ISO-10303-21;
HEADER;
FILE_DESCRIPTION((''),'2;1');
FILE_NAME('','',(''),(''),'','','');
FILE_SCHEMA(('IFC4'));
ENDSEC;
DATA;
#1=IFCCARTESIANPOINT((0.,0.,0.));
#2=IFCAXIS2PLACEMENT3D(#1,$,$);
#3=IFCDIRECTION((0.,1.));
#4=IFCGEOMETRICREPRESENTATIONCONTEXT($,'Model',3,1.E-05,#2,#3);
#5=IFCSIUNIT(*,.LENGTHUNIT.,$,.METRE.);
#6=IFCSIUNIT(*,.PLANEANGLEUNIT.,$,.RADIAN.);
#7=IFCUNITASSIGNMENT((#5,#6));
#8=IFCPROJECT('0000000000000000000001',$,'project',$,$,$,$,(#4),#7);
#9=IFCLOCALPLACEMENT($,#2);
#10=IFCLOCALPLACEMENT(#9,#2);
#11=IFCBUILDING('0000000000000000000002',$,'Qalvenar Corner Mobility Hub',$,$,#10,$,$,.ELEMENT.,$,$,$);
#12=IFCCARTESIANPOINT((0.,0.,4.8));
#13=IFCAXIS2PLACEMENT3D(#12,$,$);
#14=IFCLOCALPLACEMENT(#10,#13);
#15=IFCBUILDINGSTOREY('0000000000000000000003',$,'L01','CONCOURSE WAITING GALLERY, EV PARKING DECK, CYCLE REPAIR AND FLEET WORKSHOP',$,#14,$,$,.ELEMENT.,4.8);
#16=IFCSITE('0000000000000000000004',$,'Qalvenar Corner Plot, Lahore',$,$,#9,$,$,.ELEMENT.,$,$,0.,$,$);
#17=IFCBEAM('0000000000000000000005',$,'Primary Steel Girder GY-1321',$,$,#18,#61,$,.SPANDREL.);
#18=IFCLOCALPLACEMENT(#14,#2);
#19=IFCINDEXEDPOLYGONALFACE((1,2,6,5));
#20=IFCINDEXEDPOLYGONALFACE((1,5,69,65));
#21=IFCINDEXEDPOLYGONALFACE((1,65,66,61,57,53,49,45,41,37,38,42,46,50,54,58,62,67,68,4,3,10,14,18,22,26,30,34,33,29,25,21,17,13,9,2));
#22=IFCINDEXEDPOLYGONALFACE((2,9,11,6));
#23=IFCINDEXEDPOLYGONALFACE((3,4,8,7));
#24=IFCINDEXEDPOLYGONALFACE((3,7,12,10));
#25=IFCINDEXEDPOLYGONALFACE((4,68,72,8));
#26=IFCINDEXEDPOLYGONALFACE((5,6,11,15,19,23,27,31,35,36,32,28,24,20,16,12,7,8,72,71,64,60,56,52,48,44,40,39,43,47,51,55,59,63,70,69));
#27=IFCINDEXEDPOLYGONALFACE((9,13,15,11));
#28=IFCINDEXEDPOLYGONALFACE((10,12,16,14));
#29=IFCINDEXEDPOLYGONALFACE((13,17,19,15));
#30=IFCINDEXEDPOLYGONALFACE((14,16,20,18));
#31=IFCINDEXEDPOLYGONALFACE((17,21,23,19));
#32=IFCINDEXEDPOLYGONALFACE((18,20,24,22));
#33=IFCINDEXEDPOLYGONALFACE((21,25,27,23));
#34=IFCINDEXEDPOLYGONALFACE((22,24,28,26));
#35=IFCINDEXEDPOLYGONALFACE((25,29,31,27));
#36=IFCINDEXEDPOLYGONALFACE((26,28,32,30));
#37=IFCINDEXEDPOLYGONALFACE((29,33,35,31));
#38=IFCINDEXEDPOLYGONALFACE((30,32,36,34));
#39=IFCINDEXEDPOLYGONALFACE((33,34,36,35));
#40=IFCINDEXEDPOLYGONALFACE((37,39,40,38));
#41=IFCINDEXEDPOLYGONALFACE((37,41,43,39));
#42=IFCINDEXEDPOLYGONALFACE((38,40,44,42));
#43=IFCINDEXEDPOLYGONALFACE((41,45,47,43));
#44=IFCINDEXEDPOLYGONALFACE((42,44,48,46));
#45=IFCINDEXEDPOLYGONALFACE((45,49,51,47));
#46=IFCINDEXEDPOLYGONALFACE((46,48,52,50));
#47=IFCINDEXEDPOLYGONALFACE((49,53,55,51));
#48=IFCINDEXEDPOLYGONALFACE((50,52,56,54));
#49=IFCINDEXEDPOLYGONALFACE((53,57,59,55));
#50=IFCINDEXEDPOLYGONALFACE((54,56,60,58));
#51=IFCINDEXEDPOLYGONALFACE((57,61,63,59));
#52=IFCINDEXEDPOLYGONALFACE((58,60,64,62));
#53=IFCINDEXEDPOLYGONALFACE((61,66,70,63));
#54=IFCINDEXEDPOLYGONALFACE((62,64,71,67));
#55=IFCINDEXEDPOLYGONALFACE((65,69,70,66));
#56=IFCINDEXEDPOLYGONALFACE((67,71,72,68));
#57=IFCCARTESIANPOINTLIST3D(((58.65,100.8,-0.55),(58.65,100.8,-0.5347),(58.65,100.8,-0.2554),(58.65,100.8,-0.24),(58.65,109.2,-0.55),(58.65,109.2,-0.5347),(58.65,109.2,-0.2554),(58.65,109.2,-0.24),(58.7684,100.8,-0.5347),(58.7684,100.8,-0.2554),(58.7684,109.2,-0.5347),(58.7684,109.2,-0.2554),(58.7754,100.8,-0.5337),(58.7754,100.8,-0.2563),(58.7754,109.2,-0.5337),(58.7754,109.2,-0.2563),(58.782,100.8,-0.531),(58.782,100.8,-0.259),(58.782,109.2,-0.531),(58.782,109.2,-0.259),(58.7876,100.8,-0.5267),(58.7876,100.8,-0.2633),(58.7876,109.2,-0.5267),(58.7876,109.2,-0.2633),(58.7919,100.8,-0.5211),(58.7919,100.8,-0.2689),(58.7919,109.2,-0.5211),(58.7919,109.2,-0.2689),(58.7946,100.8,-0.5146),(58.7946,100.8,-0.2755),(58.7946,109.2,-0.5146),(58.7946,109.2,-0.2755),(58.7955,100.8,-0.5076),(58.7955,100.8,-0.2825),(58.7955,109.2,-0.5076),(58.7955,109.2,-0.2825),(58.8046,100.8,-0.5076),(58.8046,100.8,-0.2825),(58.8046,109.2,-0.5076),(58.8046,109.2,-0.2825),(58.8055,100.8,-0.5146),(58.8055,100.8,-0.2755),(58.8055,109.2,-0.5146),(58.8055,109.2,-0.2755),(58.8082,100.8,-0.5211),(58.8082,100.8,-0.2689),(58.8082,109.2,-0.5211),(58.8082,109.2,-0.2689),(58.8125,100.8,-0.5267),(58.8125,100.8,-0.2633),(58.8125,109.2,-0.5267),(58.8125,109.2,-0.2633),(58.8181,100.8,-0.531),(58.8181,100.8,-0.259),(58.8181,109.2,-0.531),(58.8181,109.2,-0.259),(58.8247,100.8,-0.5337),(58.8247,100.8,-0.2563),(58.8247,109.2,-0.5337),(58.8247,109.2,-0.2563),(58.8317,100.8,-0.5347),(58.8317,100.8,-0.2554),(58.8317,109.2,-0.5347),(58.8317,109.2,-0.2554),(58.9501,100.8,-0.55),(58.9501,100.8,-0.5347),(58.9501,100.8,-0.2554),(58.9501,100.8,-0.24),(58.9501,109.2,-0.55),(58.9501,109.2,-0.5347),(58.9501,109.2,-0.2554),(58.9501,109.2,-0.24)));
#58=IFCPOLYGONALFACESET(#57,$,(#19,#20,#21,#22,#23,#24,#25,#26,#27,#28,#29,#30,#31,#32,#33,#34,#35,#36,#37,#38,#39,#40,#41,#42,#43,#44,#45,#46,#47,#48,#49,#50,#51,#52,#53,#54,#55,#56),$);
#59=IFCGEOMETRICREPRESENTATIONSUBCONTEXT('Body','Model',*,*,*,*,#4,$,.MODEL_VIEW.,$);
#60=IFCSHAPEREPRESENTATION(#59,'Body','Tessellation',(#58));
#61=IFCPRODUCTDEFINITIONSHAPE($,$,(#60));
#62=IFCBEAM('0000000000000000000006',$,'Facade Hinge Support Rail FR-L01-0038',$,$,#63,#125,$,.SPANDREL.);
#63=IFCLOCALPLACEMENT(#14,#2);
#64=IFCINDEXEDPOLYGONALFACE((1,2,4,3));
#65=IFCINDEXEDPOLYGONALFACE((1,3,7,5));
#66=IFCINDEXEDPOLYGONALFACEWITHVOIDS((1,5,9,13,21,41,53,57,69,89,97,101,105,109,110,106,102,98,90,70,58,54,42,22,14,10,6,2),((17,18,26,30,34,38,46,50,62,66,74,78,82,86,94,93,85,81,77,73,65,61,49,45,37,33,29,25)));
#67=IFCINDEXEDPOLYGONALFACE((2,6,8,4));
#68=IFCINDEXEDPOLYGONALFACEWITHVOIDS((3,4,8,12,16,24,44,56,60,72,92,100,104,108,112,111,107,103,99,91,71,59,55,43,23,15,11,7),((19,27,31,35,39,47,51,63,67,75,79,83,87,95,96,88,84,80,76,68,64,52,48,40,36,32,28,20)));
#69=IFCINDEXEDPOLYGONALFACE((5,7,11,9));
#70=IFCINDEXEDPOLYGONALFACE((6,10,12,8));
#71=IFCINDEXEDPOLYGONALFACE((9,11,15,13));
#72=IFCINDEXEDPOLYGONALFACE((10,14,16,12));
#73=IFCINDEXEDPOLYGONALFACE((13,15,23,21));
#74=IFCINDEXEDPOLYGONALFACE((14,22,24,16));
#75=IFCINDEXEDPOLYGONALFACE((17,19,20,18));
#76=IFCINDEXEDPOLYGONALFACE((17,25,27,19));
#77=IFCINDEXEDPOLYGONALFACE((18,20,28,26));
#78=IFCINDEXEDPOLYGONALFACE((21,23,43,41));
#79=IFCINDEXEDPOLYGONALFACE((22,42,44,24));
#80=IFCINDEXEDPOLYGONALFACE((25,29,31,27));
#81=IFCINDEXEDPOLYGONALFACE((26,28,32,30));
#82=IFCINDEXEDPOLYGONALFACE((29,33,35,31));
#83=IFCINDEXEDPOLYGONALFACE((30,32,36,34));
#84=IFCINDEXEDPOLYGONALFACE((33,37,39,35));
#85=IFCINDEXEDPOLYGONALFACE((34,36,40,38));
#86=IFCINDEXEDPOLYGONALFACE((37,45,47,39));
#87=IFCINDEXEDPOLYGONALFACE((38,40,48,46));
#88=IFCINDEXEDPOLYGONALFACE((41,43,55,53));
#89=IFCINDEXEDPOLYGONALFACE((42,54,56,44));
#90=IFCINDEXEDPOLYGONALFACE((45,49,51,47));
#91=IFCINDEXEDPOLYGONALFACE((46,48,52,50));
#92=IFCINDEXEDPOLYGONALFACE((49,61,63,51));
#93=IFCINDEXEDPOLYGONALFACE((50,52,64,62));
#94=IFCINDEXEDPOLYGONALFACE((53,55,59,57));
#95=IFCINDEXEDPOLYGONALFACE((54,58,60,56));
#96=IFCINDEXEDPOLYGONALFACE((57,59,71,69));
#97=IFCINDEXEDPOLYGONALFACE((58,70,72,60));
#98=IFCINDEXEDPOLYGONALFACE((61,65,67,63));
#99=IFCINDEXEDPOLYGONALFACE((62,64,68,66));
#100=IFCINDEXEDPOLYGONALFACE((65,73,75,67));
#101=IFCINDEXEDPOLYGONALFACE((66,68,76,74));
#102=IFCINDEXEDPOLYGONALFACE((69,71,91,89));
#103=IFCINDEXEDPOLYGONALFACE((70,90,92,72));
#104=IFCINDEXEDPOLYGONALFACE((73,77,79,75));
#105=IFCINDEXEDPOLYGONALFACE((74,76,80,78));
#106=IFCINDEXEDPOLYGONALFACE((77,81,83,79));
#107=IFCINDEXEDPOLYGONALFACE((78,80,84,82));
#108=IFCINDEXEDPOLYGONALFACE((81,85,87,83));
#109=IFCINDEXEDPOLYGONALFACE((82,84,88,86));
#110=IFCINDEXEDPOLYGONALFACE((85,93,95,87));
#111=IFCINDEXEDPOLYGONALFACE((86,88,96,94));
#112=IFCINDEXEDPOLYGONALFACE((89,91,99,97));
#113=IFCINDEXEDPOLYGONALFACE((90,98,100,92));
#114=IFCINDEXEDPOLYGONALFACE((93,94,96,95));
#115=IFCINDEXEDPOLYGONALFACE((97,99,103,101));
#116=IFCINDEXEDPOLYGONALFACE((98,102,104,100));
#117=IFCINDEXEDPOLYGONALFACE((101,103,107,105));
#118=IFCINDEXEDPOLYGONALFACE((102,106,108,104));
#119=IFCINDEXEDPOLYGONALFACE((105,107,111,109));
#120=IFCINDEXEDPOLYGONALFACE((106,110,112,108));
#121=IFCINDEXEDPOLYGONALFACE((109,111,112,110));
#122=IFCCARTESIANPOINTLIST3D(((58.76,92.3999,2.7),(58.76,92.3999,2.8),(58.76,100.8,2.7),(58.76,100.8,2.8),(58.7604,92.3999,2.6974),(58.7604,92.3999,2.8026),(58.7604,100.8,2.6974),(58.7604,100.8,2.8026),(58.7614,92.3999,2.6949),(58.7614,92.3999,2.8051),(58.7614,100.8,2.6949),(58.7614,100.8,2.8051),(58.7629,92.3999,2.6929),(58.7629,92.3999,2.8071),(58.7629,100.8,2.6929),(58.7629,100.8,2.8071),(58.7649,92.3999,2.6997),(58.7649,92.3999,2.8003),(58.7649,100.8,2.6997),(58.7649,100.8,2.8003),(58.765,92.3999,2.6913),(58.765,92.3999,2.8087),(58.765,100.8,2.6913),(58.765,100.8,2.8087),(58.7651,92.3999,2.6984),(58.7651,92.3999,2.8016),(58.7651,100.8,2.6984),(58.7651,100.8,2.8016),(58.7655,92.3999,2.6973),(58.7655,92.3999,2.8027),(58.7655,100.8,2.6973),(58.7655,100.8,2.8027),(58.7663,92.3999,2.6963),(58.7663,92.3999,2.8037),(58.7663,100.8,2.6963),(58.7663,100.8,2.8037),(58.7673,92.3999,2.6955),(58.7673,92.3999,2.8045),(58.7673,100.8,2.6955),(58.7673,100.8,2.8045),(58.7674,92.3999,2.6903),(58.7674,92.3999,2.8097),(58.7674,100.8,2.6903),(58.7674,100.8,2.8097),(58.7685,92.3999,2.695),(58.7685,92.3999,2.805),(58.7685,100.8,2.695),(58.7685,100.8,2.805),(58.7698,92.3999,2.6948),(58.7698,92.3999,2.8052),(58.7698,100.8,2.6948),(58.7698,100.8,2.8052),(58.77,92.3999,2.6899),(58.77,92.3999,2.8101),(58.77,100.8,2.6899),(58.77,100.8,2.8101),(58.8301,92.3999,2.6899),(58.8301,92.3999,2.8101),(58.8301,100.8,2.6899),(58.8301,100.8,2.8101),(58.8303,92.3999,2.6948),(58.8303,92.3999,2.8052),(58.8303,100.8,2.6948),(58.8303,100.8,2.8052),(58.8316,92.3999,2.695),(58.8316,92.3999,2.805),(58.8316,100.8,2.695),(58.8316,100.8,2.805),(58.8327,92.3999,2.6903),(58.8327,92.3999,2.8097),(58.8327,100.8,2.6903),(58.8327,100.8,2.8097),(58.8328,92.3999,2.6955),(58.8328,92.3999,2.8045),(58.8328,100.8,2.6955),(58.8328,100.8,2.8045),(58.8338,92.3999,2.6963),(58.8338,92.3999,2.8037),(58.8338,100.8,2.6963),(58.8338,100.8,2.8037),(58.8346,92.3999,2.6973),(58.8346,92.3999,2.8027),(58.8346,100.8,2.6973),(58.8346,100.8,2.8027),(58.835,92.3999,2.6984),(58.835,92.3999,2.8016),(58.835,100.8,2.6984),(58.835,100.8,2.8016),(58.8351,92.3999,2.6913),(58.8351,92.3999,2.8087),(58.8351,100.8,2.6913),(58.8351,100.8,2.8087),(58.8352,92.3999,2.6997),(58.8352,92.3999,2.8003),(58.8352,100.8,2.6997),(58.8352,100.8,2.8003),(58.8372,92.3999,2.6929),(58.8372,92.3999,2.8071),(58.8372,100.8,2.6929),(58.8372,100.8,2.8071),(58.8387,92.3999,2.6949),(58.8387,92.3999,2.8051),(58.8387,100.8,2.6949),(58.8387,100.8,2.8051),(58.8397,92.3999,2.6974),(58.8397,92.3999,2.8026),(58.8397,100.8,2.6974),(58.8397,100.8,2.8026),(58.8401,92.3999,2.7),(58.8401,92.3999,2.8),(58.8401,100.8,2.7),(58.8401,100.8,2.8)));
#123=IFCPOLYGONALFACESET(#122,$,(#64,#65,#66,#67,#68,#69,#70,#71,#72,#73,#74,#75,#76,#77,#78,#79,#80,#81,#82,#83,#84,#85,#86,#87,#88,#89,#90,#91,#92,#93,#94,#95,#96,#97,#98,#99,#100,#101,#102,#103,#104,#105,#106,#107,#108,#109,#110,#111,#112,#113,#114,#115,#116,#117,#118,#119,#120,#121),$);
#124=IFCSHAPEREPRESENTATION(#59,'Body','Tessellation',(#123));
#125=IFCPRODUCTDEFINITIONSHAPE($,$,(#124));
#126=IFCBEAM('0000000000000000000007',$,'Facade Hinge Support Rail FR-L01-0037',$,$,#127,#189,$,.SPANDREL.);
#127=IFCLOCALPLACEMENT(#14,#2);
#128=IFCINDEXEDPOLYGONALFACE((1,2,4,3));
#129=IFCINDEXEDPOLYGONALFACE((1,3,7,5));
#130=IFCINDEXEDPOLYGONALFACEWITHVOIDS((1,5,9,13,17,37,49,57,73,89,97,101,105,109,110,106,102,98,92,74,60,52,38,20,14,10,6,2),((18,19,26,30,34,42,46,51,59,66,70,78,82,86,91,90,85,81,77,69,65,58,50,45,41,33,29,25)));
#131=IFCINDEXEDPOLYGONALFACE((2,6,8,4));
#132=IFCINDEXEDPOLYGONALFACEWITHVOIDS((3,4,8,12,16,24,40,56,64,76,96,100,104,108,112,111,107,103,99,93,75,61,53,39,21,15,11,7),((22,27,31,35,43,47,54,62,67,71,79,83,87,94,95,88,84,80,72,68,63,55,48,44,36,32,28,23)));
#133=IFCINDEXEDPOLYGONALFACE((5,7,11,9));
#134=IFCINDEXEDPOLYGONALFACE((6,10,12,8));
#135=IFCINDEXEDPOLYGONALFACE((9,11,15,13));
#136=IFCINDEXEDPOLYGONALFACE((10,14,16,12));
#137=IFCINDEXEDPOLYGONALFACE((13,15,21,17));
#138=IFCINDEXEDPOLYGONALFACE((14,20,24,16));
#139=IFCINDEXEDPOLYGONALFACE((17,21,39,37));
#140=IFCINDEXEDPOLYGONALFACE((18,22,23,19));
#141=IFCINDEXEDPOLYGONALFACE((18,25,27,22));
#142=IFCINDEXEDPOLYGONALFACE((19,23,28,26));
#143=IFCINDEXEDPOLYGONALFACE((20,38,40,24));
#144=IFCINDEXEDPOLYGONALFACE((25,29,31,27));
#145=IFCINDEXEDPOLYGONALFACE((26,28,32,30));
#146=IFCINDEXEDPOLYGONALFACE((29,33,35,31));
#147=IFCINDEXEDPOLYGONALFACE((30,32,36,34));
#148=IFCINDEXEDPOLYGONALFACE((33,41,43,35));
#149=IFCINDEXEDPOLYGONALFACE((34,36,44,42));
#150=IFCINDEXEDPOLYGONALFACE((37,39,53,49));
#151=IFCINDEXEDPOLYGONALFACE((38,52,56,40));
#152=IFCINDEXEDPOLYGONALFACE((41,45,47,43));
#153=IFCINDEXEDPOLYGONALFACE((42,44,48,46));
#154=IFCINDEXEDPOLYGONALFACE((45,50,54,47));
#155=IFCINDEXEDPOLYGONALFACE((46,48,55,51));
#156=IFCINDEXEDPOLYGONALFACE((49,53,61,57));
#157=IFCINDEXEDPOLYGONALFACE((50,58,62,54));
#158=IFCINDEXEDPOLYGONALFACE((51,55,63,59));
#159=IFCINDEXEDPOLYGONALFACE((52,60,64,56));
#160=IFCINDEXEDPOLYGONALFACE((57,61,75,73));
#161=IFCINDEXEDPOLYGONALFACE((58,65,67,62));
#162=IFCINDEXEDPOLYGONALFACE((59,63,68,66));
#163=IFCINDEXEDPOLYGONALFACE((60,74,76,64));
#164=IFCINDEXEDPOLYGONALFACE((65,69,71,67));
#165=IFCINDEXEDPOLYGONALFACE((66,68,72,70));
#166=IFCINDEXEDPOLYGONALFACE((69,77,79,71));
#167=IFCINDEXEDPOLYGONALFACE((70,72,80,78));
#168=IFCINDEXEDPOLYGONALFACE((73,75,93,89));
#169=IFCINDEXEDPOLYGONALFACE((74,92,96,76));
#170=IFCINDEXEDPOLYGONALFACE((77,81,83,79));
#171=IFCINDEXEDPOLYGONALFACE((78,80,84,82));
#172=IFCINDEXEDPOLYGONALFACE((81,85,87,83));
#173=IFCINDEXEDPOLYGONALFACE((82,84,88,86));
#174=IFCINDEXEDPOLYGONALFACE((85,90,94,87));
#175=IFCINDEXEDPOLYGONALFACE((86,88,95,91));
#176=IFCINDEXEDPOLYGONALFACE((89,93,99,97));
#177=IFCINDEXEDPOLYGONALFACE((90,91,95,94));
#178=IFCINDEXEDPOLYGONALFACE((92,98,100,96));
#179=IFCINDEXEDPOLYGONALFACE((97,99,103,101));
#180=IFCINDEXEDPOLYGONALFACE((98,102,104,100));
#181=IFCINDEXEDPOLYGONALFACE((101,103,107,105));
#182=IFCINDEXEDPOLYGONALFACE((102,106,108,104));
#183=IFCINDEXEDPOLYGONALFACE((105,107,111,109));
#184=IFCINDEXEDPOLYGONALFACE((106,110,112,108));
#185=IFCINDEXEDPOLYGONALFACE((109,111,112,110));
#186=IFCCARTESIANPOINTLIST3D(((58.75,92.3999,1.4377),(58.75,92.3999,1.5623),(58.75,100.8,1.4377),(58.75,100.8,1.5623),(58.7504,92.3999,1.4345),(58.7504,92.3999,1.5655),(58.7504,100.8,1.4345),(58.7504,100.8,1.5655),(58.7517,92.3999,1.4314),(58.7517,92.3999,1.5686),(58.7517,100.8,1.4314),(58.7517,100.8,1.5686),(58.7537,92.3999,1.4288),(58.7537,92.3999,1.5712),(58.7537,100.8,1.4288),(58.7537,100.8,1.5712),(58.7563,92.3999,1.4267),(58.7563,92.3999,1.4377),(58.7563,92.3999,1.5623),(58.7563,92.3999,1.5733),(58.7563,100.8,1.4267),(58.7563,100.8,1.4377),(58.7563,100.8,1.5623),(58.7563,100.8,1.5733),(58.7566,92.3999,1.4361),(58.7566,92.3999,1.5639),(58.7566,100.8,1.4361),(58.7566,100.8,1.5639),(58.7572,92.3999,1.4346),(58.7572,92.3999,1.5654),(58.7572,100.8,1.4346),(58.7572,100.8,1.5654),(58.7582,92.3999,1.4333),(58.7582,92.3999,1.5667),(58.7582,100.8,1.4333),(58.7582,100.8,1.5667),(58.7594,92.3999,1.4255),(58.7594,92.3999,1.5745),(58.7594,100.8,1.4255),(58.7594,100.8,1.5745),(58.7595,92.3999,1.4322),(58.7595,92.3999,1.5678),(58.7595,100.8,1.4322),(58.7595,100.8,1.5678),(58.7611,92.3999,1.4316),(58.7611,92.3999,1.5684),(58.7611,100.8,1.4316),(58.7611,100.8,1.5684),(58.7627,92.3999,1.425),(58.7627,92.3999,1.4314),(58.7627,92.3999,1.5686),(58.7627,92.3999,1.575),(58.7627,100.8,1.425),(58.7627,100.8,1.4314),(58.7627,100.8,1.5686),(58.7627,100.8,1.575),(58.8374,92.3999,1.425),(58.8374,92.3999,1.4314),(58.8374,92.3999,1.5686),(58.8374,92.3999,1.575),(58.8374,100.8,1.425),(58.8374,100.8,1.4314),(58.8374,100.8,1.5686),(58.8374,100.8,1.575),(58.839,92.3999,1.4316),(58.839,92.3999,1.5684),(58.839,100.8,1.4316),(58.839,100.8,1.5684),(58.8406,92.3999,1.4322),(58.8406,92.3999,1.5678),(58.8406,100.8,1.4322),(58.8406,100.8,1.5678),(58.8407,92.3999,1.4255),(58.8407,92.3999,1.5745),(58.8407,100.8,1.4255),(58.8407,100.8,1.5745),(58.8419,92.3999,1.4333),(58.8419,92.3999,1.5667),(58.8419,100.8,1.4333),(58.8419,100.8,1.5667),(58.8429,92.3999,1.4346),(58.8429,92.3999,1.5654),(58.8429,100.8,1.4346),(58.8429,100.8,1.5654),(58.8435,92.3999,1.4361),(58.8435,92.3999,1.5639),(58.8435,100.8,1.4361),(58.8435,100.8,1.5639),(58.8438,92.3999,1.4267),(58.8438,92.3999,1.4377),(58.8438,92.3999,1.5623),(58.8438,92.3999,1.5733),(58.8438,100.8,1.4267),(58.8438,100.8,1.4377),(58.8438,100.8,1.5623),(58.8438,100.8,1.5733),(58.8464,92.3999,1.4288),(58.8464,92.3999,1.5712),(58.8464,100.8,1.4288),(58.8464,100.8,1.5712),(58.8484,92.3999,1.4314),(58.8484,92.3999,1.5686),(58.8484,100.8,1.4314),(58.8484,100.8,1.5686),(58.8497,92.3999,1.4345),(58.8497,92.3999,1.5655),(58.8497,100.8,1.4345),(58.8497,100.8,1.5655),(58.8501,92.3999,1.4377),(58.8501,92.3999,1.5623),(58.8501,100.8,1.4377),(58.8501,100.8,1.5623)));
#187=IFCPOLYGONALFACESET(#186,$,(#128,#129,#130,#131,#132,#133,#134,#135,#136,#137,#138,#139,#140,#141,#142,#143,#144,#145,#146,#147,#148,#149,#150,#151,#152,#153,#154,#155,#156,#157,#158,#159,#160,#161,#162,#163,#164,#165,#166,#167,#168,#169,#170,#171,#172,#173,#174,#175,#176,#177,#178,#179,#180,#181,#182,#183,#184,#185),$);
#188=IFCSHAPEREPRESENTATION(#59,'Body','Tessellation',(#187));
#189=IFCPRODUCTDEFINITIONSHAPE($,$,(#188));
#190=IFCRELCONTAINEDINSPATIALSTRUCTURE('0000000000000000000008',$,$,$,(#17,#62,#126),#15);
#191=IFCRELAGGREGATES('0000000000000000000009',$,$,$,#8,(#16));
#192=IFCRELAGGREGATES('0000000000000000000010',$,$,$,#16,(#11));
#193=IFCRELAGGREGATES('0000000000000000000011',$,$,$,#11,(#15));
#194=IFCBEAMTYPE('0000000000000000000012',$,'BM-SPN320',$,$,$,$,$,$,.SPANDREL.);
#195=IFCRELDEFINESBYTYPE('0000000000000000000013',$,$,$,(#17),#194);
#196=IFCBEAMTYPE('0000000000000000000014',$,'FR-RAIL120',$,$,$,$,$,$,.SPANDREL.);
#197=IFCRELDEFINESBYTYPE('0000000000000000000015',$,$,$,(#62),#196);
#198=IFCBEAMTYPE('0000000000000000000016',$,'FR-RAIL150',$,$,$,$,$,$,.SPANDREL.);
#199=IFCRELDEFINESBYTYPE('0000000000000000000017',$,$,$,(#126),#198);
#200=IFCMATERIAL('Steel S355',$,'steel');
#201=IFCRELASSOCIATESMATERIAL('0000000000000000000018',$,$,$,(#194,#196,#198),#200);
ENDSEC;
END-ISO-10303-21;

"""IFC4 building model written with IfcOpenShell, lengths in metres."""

from ifc_helpers import new_model, si_unit, direction, frame, origin, origin_2d, place, context, subcontext, project, spatial, hollow_rectangle, i_section, extrude, material, material_profile, profile_set, type_object, element, save


model = new_model("IFC4")

# Units and contexts
model_context = context("Model", 3, precision=1e-05, world=origin(), true_north=direction((0.0, 1.0)))
body_context = subcontext(model_context, "Body", "Model", "MODEL_VIEW")
ifc_project = project(units=[si_unit("LENGTHUNIT", "METRE"), si_unit("PLANEANGLEUNIT", "RADIAN")], contexts=[model_context])

# Site, building, storey
site_placement = place(None, origin())
site = spatial("IfcSite", under=ifc_project, at=site_placement, Name="Qalvenar Corner Plot, Lahore", CompositionType="ELEMENT", RefElevation=0.0)
building_placement = place(site_placement, origin())
building = spatial("IfcBuilding", under=site, at=building_placement, Name="Qalvenar Corner Mobility Hub", CompositionType="ELEMENT")
storey_placement = place(building_placement, frame((0.0, 0.0, 4.8)))
storey = spatial("IfcBuildingStorey", under=building, at=storey_placement, Name="L01", Description="CONCOURSE WAITING GALLERY, EV PARKING DECK, CYCLE REPAIR AND FLEET WORKSHOP", CompositionType="ELEMENT", Elevation=4.8)

# Shared definitions
ifc_material_1 = material(Name="Steel S355", Category="steel")

# Beams
ifc_material_profile_1 = material_profile(ifc_material_1, i_section(OverallWidth=0.3, OverallDepth=0.3101, WebThickness=0.009, FlangeThickness=0.0154, FilletRadius=0.0271, at=origin_2d()), Name="HEA320")
ifc_profile_set_1 = profile_set([ifc_material_profile_1], Name="Steel S355")
beam_type_1 = type_object("IfcBeamType", Name="BM-SPN320", PredefinedType="SPANDREL", material=ifc_profile_set_1)
beam_1_placement = place(storey_placement, frame((58.8, 100.8, -0.395), z_axis=(0.0, 1.0, 0.0), x_axis=(-1.0, 0.0, 0.0)))
element("IfcBeam", 1, at=beam_1_placement, inside=storey, type_object=beam_type_1, Name="Primary Steel Girder GY-1321", PredefinedType="SPANDREL", context=body_context, shape_type="SweptSolid", body=[
    extrude(i_section(OverallWidth=0.3, OverallDepth=0.3101, WebThickness=0.009, FlangeThickness=0.0154, FilletRadius=0.0271, at=origin_2d()), origin(), (0.0, 0.0, 1.0), 8.3999),
])
ifc_material_profile_2 = material_profile(ifc_material_1, hollow_rectangle(XDim=0.0801, YDim=0.1201, WallThickness=0.0049, InnerFilletRadius=0.0049, OuterFilletRadius=0.01, at=origin_2d()), Name="RHS120x80x5")
ifc_profile_set_2 = profile_set([ifc_material_profile_2], Name="Steel S355")
beam_type_2 = type_object("IfcBeamType", Name="FR-RAIL120", PredefinedType="SPANDREL", material=ifc_profile_set_2)
beam_2_placement = place(storey_placement, frame((58.8, 100.8, 2.75), z_axis=(0.0, -1.0, 0.0), x_axis=(1.0, 0.0, 0.0)))
element("IfcBeam", 2, at=beam_2_placement, inside=storey, type_object=beam_type_2, Name="Facade Hinge Support Rail FR-L01-0038", PredefinedType="SPANDREL", context=body_context, shape_type="SweptSolid", body=[
    extrude(hollow_rectangle(XDim=0.0801, YDim=0.1201, WallThickness=0.0049, InnerFilletRadius=0.0049, OuterFilletRadius=0.01, at=origin_2d()), origin(), (0.0, 0.0, 1.0), 8.4001),
])
ifc_material_profile_3 = material_profile(ifc_material_1, hollow_rectangle(XDim=0.1001, YDim=0.1499, WallThickness=0.0063, InnerFilletRadius=0.0063, OuterFilletRadius=0.0127, at=origin_2d()), Name="RHS150x100x6.3")
ifc_profile_set_3 = profile_set([ifc_material_profile_3], Name="Steel S355")
beam_type_3 = type_object("IfcBeamType", Name="FR-RAIL150", PredefinedType="SPANDREL", material=ifc_profile_set_3)
beam_3_placement = place(storey_placement, frame((58.8, 100.8, 1.5), z_axis=(0.0, -1.0, 0.0), x_axis=(1.0, 0.0, 0.0)))
element("IfcBeam", 3, at=beam_3_placement, inside=storey, type_object=beam_type_3, Name="Facade Hinge Support Rail FR-L01-0037", PredefinedType="SPANDREL", context=body_context, shape_type="SweptSolid", body=[
    extrude(hollow_rectangle(XDim=0.1001, YDim=0.1499, WallThickness=0.0063, InnerFilletRadius=0.0063, OuterFilletRadius=0.0127, at=origin_2d()), origin(), (0.0, 0.0, 1.0), 8.4001),
])

save(model, "model.ifc")
